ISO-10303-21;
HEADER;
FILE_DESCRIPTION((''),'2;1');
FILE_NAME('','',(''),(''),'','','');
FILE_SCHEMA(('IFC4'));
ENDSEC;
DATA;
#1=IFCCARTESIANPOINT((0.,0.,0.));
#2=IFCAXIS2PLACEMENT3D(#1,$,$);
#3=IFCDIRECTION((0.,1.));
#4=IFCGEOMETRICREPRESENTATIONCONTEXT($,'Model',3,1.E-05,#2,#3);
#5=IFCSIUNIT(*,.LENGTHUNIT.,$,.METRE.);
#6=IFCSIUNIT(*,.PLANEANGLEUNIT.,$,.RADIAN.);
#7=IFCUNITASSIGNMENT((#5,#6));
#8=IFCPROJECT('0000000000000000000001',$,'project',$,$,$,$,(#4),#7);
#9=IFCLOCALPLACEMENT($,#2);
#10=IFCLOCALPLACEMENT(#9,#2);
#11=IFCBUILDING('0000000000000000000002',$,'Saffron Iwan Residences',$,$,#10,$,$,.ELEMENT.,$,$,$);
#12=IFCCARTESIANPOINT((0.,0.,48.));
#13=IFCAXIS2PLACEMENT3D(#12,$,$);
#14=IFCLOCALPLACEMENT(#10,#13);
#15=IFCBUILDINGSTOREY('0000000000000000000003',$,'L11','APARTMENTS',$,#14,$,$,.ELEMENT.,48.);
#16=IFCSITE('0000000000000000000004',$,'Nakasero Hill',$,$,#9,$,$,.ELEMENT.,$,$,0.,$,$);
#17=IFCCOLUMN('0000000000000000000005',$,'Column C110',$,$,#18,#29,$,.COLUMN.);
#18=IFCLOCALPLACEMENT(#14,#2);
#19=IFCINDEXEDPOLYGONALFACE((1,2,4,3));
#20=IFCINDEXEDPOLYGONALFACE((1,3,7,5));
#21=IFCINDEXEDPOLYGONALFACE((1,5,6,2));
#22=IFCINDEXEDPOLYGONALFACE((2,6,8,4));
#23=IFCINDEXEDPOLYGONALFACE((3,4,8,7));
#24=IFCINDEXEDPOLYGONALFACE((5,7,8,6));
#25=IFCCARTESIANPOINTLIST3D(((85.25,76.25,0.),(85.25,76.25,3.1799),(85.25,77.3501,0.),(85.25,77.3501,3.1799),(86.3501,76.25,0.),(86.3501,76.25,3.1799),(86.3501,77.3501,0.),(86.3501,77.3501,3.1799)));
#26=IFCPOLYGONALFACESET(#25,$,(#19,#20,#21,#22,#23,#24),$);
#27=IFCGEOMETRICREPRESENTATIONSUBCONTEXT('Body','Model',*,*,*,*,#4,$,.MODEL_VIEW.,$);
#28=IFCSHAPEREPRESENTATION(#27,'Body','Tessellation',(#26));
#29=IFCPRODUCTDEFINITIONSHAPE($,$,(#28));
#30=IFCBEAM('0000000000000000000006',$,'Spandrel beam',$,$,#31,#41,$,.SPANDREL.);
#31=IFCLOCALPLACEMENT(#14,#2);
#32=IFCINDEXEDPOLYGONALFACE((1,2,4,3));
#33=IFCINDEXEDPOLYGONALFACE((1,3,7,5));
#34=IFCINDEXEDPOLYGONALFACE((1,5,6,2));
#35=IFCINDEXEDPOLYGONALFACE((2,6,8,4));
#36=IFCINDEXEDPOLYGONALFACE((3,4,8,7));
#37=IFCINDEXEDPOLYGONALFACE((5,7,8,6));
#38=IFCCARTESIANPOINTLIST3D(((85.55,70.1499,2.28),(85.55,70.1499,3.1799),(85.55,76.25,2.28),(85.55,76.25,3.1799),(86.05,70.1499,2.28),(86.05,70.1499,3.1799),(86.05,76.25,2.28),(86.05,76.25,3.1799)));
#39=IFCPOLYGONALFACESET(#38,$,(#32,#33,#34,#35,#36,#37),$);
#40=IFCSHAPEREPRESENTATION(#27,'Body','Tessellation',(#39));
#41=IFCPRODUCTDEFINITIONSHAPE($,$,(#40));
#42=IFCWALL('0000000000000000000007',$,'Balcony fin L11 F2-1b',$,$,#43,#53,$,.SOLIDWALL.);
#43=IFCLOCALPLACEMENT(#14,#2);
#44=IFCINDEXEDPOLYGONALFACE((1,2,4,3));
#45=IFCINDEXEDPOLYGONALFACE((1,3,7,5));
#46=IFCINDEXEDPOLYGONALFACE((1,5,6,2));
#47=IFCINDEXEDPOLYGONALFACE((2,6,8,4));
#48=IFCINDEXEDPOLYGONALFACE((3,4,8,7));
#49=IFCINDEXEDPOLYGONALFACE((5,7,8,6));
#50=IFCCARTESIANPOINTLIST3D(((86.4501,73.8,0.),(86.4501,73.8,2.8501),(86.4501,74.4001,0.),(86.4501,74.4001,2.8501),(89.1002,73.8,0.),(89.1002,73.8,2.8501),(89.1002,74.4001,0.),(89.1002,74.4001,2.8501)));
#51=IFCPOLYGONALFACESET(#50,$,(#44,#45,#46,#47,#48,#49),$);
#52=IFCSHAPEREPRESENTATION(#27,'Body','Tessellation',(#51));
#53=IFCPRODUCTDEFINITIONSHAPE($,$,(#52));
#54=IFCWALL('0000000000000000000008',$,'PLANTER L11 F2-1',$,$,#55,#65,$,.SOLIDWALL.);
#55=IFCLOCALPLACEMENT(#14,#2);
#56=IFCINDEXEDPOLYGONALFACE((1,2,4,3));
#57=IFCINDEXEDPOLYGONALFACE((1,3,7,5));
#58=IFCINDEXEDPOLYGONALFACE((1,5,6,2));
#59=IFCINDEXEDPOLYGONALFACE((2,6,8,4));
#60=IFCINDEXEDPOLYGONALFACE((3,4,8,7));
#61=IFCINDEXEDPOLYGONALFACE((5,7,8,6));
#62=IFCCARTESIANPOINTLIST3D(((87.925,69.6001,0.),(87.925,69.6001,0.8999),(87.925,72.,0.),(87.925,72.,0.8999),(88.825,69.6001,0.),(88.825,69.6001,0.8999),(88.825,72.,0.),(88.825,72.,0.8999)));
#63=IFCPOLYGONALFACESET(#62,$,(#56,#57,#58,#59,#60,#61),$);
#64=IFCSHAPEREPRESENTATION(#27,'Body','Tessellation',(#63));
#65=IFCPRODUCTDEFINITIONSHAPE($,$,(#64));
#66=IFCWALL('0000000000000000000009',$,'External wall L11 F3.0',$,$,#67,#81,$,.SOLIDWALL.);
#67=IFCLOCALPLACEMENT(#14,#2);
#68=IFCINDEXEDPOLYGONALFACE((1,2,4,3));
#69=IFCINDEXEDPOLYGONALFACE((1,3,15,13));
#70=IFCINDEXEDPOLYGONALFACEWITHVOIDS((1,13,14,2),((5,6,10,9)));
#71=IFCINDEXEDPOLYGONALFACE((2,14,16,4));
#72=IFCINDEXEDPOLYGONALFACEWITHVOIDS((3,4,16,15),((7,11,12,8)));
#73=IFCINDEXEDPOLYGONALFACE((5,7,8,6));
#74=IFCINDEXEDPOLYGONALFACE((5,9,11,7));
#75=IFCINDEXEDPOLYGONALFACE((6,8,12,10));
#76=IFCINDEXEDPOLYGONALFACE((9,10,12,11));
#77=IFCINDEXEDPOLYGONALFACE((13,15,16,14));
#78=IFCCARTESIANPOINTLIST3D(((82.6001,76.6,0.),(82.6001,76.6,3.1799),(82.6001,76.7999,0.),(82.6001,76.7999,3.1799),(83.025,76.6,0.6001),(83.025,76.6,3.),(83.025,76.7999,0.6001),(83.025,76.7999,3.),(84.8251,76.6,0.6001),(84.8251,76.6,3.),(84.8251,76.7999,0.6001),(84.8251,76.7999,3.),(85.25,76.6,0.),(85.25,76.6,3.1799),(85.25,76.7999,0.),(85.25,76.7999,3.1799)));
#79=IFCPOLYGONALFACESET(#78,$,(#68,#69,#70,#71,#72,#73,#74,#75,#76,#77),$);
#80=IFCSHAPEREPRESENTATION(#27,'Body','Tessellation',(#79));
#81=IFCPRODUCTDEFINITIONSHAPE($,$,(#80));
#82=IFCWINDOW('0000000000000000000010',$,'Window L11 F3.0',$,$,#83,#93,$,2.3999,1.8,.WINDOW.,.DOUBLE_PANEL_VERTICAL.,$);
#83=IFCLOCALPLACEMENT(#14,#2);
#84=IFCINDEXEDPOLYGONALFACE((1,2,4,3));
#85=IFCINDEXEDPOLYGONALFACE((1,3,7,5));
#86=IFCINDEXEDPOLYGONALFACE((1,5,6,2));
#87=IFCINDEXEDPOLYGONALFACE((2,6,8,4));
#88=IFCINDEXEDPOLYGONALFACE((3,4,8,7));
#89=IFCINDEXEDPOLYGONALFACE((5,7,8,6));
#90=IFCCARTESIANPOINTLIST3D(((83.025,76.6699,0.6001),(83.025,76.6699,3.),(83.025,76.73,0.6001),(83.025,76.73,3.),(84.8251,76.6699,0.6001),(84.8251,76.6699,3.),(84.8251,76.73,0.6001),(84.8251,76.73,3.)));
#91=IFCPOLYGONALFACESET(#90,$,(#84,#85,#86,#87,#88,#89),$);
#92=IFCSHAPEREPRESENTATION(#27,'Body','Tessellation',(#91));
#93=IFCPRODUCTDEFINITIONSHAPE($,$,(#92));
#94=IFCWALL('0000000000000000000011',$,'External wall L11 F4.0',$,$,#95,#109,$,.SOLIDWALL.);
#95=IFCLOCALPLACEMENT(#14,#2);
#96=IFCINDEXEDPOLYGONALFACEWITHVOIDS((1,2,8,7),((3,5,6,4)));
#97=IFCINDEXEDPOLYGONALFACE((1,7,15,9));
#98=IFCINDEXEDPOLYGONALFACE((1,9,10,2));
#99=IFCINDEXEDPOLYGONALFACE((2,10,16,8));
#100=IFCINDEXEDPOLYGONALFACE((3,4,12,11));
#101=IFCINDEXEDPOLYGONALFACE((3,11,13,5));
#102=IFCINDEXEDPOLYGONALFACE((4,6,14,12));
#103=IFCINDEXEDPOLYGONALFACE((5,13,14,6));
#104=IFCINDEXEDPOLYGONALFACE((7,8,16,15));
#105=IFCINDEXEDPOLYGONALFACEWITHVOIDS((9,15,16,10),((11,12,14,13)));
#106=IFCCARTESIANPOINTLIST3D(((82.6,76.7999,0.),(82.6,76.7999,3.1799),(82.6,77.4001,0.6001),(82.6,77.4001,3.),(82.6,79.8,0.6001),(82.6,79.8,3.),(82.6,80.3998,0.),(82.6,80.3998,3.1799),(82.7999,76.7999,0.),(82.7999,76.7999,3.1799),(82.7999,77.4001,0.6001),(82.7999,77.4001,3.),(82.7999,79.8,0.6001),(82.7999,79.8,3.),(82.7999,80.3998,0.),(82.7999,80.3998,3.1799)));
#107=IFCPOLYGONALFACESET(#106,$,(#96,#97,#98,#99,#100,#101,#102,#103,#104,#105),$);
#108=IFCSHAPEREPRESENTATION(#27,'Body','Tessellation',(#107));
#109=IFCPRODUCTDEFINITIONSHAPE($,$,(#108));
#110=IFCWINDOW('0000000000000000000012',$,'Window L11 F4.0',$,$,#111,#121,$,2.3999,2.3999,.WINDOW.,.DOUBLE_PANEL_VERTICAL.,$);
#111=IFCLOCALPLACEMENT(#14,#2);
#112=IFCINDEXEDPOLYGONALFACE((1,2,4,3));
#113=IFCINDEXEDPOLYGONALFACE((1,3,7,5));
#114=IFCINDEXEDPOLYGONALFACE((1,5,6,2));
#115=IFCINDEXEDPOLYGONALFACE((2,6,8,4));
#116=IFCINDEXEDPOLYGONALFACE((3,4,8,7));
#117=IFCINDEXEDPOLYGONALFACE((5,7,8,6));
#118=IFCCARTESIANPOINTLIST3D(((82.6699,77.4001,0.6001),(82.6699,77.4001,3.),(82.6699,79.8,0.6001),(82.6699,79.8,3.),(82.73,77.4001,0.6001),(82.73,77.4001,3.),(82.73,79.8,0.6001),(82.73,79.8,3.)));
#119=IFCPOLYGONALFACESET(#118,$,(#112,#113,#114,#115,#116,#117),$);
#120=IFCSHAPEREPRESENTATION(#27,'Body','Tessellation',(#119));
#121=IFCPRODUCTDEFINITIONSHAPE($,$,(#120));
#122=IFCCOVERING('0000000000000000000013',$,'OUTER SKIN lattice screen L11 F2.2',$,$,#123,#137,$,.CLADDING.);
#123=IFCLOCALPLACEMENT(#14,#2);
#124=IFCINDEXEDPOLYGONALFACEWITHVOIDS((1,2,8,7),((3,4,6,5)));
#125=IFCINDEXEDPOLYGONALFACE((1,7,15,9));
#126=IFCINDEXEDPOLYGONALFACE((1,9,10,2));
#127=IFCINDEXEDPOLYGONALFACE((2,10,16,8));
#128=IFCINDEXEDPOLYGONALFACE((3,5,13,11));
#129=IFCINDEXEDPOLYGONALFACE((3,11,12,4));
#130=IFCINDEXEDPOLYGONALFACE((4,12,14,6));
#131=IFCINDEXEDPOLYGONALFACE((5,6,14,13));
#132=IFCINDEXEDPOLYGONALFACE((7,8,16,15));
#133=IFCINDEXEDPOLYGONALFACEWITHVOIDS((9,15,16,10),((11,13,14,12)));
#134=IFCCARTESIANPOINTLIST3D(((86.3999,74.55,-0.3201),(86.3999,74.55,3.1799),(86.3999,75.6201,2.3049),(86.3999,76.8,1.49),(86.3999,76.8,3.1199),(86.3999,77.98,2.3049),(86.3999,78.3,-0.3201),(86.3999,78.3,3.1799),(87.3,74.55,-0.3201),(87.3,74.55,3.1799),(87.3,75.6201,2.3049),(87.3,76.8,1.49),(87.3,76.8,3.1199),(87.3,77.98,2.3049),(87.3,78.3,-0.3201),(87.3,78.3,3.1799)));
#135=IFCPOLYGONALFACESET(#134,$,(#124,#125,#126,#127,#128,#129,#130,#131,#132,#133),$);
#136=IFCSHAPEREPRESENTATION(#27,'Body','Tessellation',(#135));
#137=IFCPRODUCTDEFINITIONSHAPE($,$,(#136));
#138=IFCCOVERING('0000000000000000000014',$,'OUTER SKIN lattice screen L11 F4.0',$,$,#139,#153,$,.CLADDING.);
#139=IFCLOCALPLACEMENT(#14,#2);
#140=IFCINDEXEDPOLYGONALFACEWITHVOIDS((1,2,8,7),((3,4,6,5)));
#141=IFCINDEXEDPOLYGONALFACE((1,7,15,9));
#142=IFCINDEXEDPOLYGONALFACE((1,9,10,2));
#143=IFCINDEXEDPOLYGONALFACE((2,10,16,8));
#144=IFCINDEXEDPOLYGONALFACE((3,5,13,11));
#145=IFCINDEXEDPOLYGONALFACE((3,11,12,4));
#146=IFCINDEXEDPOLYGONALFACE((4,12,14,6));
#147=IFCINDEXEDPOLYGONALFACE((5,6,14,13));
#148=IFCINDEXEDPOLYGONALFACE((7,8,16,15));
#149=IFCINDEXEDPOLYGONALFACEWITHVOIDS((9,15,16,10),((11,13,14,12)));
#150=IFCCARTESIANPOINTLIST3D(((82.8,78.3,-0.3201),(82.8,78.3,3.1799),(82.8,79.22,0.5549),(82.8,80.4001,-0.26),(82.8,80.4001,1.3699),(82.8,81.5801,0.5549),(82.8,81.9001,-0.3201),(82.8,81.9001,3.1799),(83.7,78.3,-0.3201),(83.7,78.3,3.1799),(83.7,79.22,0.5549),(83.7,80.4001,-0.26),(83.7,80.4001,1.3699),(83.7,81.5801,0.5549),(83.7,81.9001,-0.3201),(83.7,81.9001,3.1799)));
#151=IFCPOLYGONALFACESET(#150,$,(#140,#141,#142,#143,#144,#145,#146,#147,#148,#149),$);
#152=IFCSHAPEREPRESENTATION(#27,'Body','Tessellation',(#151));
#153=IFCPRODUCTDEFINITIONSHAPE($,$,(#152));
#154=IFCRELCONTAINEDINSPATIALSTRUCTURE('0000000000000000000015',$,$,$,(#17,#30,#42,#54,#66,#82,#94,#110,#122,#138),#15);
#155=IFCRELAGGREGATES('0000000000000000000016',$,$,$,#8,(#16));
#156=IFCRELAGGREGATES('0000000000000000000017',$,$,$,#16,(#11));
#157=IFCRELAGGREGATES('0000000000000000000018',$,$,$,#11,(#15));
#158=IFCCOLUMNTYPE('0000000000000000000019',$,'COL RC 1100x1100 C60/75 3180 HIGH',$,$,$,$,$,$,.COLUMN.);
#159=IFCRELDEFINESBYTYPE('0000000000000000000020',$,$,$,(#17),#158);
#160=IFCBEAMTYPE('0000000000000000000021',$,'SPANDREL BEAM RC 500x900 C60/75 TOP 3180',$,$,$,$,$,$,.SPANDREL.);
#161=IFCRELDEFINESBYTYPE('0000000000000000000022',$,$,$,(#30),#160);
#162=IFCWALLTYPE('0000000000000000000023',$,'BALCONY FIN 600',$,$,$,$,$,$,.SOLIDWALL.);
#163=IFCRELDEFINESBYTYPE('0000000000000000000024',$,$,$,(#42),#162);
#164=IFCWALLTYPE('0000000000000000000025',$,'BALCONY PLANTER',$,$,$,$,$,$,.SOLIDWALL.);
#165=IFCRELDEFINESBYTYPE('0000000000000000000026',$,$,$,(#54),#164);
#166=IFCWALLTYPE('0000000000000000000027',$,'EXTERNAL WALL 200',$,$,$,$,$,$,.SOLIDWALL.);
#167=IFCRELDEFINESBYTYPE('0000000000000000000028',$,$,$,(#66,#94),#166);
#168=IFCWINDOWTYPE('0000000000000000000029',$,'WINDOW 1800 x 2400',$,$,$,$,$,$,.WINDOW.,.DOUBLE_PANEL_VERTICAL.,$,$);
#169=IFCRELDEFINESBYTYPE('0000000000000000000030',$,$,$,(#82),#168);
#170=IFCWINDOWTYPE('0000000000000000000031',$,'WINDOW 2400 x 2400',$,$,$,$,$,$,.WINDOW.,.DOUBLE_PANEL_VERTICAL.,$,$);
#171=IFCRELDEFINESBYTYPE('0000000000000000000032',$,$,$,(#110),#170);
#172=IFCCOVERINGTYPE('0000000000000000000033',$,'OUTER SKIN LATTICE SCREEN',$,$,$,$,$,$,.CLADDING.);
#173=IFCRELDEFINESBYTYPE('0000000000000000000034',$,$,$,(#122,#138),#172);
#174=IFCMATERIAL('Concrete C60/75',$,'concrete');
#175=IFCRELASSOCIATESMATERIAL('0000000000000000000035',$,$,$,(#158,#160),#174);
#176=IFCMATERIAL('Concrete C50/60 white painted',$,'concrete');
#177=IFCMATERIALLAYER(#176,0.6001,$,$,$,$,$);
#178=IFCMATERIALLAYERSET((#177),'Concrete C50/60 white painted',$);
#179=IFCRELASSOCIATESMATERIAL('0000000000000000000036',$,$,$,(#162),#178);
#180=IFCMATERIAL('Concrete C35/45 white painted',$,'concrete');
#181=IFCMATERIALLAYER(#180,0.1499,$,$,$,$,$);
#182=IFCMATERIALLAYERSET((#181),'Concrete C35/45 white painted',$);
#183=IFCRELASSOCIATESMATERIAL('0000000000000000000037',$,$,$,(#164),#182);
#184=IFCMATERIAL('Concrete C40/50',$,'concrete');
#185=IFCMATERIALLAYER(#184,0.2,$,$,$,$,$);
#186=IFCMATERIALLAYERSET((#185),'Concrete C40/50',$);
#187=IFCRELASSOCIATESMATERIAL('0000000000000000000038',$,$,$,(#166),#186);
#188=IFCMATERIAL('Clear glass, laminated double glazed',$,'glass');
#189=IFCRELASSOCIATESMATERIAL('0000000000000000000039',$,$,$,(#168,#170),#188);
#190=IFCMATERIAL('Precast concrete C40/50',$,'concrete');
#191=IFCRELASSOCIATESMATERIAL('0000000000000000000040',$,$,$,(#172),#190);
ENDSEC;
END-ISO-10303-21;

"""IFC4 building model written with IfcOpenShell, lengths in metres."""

from ifc_helpers import new_model, si_unit, direction, frame, frame_2d, origin, origin_2d, place, context, subcontext, project, spatial, polyline, rectangle, outline, extrude, source, transform, mapped, material, layer, layer_set, material_profile, profile_set, type_object, element, fill, save


model = new_model("IFC4")

# Units and contexts
model_context = context("Model", 3, precision=1e-05, world=origin(), true_north=direction((0.0, 1.0)))
body_context = subcontext(model_context, "Body", "Model", "MODEL_VIEW")
ifc_project = project(units=[si_unit("LENGTHUNIT", "METRE"), si_unit("PLANEANGLEUNIT", "RADIAN")], contexts=[model_context])

# Site, building, storey
site_placement = place(None, origin())
site = spatial("IfcSite", under=ifc_project, at=site_placement, Name="Nakasero Hill", CompositionType="ELEMENT", RefElevation=0.0)
building_placement = place(site_placement, origin())
building = spatial("IfcBuilding", under=site, at=building_placement, Name="Saffron Iwan Residences", CompositionType="ELEMENT")
storey_placement = place(building_placement, frame((0.0, 0.0, 48.0)))
storey = spatial("IfcBuildingStorey", under=building, at=storey_placement, Name="L11", Description="APARTMENTS", CompositionType="ELEMENT", Elevation=48.0)

# Column
ifc_material_1 = material(Name="Concrete C60/75", Category="concrete")
ifc_material_profile_1 = material_profile(ifc_material_1, rectangle(XDim=1.1001, YDim=1.1001, at=origin_2d()), Name="RC 1100x1100")
ifc_profile_set_1 = profile_set([ifc_material_profile_1], Name="Concrete C60/75")
column_type = type_object("IfcColumnType", Name="COL RC 1100x1100 C60/75 3180 HIGH", PredefinedType="COLUMN", material=ifc_profile_set_1)
shared_shape_1 = source(origin(), body_context, "Body", "SweptSolid", [
    extrude(rectangle(XDim=1.1001, YDim=1.1001, at=origin_2d()), origin(), (0.0, 0.0, 1.0), 3.1799),
])
column_placement = place(storey_placement, frame((85.8, 76.8, 0.0), z_axis=(0.0, 0.0, 1.0), x_axis=(1.0, 0.0, 0.0)))
element("IfcColumn", 1, at=column_placement, inside=storey, type_object=column_type, Name="Column C110", PredefinedType="COLUMN", context=body_context, shape_type="MappedRepresentation", body=[
    mapped(shared_shape_1, transform((0.0, 0.0, 0.0))),
])

# Beam
ifc_material_profile_2 = material_profile(ifc_material_1, rectangle(XDim=0.5, YDim=0.8999, at=origin_2d()), Name="RC 500x900")
ifc_profile_set_2 = profile_set([ifc_material_profile_2], Name="Concrete C60/75")
beam_type = type_object("IfcBeamType", Name="SPANDREL BEAM RC 500x900 C60/75 TOP 3180", PredefinedType="SPANDREL", material=ifc_profile_set_2)
shared_shape_2 = source(origin(), body_context, "Body", "SweptSolid", [
    extrude(rectangle(XDim=0.5, YDim=0.8999, at=origin_2d()), origin(), (0.0, 0.0, 1.0), 6.1001),
])
beam_placement = place(storey_placement, frame((85.8, 76.25, 2.73), z_axis=(0.0, -1.0, 0.0), x_axis=(1.0, 0.0, 0.0)))
element("IfcBeam", 2, at=beam_placement, inside=storey, type_object=beam_type, Name="Spandrel beam", PredefinedType="SPANDREL", context=body_context, shape_type="MappedRepresentation", body=[
    mapped(shared_shape_2, transform((0.0, 0.0, 0.0))),
])

# Walls
ifc_material_2 = material(Name="Concrete C50/60 white painted", Category="concrete")
ifc_layer_1 = layer(ifc_material_2, 0.6001)
ifc_layer_set_1 = layer_set([ifc_layer_1], Name="Concrete C50/60 white painted")
wall_type_1 = type_object("IfcWallType", Name="BALCONY FIN 600", PredefinedType="SOLIDWALL", material=ifc_layer_set_1)
wall_1_placement = place(storey_placement, frame((86.45, 74.1001, 0.0), z_axis=(0.0, 0.0, 1.0), x_axis=(1.0, 0.0, 0.0)))
element("IfcWall", 3, at=wall_1_placement, inside=storey, type_object=wall_type_1, Name="Balcony fin L11 F2-1b", PredefinedType="SOLIDWALL", context=body_context, shape_type="SweptSolid", body=[
    extrude(rectangle(XDim=2.6501, YDim=0.6001, at=frame_2d((1.3252, 0.0))), origin(), (0.0, 0.0, 1.0), 2.8501),
])
ifc_material_3 = material(Name="Concrete C35/45 white painted", Category="concrete")
ifc_layer_2 = layer(ifc_material_3, 0.1499)
ifc_layer_set_2 = layer_set([ifc_layer_2], Name="Concrete C35/45 white painted")
wall_type_2 = type_object("IfcWallType", Name="BALCONY PLANTER", PredefinedType="SOLIDWALL", material=ifc_layer_set_2)
wall_2_placement = place(storey_placement, frame((88.375, 69.6001, 0.0), z_axis=(0.0, 0.0, 1.0), x_axis=(0.0, 1.0, 0.0)))
element("IfcWall", 4, at=wall_2_placement, inside=storey, type_object=wall_type_2, Name="PLANTER L11 F2-1", PredefinedType="SOLIDWALL", context=body_context, shape_type="SweptSolid", body=[
    extrude(rectangle(XDim=2.3999, YDim=0.8999, at=frame_2d((1.2, 0.0))), origin(), (0.0, 0.0, 1.0), 0.8999),
])

# Shared definitions
ifc_material_4 = material(Name="Concrete C40/50", Category="concrete")
ifc_layer_3 = layer(ifc_material_4, 0.2)
ifc_layer_set_3 = layer_set([ifc_layer_3], Name="Concrete C40/50")
wall_type_3 = type_object("IfcWallType", Name="EXTERNAL WALL 200", PredefinedType="SOLIDWALL", material=ifc_layer_set_3)
ifc_material_5 = material(Name="Clear glass, laminated double glazed", Category="glass")

# Walls, openings, windows
wall_3_placement = place(storey_placement, frame((85.25, 76.7, 0.0), z_axis=(0.0, 0.0, 1.0), x_axis=(-1.0, 0.0, 0.0)))
wall_3 = element("IfcWall", 5, at=wall_3_placement, inside=storey, type_object=wall_type_3, Name="External wall L11 F3.0", PredefinedType="SOLIDWALL", context=body_context, shape_type="SweptSolid", body=[
    extrude(rectangle(XDim=2.6499, YDim=0.2, at=frame_2d((1.325, 0.0))), origin(), (0.0, 0.0, 1.0), 3.1799),
])
opening_1_placement = place(wall_3_placement, frame((0.425, 0.0, 0.6001)))
opening_1 = element("IfcOpeningElement", 6, at=opening_1_placement, cuts=wall_3, PredefinedType="OPENING", context=body_context, shape_type="SweptSolid", body=[
    extrude(rectangle(XDim=1.8, YDim=2.3999, at=frame_2d((0.8999, 1.2))), frame((0.0, 0.1099, 0.0), z_axis=(0.0, -1.0, 0.0), x_axis=(1.0, 0.0, 0.0)), (0.0, 0.0, 1.0), 0.22),
])
window_type_1 = type_object("IfcWindowType", Name="WINDOW 1800 x 2400", PartitioningType="DOUBLE_PANEL_VERTICAL", PredefinedType="WINDOW", material=ifc_material_5)
window_1_placement = place(opening_1_placement, origin())
window_1 = element("IfcWindow", 7, at=window_1_placement, inside=storey, type_object=window_type_1, Name="Window L11 F3.0", OverallHeight=2.3999, OverallWidth=1.8, PartitioningType="DOUBLE_PANEL_VERTICAL", PredefinedType="WINDOW", context=body_context, shape_type="SweptSolid", body=[
    extrude(rectangle(XDim=1.8, YDim=2.3999, at=frame_2d((0.8999, 1.2))), frame((0.0, 0.03, 0.0), z_axis=(0.0, -1.0, 0.0), x_axis=(1.0, 0.0, 0.0)), (0.0, 0.0, 1.0), 0.0601),
])
fill(opening_1, window_1)
wall_4_placement = place(storey_placement, frame((82.7, 76.8, 0.0), z_axis=(0.0, 0.0, 1.0), x_axis=(0.0, 1.0, 0.0)))
wall_4 = element("IfcWall", 8, at=wall_4_placement, inside=storey, type_object=wall_type_3, Name="External wall L11 F4.0", PredefinedType="SOLIDWALL", context=body_context, shape_type="SweptSolid", body=[
    extrude(rectangle(XDim=3.5999, YDim=0.2, at=frame_2d((1.7998, 0.0))), origin(), (0.0, 0.0, 1.0), 3.1799),
])
opening_2_placement = place(wall_4_placement, frame((0.6001, 0.0, 0.6001)))
opening_2 = element("IfcOpeningElement", 9, at=opening_2_placement, cuts=wall_4, PredefinedType="OPENING", context=body_context, shape_type="SweptSolid", body=[
    extrude(rectangle(XDim=2.3999, YDim=2.3999, at=frame_2d((1.2, 1.2))), frame((0.0, 0.1099, 0.0), z_axis=(0.0, -1.0, 0.0), x_axis=(1.0, 0.0, 0.0)), (0.0, 0.0, 1.0), 0.22),
])
window_type_2 = type_object("IfcWindowType", Name="WINDOW 2400 x 2400", PartitioningType="DOUBLE_PANEL_VERTICAL", PredefinedType="WINDOW", material=ifc_material_5)
window_2_placement = place(opening_2_placement, origin())
window_2 = element("IfcWindow", 10, at=window_2_placement, inside=storey, type_object=window_type_2, Name="Window L11 F4.0", OverallHeight=2.3999, OverallWidth=2.3999, PartitioningType="DOUBLE_PANEL_VERTICAL", PredefinedType="WINDOW", context=body_context, shape_type="SweptSolid", body=[
    extrude(rectangle(XDim=2.3999, YDim=2.3999, at=frame_2d((1.2, 1.2))), frame((0.0, 0.03, 0.0), z_axis=(0.0, -1.0, 0.0), x_axis=(1.0, 0.0, 0.0)), (0.0, 0.0, 1.0), 0.0601),
])
fill(opening_2, window_2)

# Coverings
ifc_material_6 = material(Name="Precast concrete C40/50", Category="concrete")
covering_type_1 = type_object("IfcCoveringType", Name="OUTER SKIN LATTICE SCREEN", PredefinedType="CLADDING", material=ifc_material_6)
covering_1_placement = place(storey_placement, frame((86.3999, 74.55, -0.3201), z_axis=(1.0, 0.0, 0.0), x_axis=(0.0, 1.0, 0.0)))
element("IfcCovering", 11, at=covering_1_placement, inside=storey, type_object=covering_type_1, Name="OUTER SKIN lattice screen L11 F2.2", PredefinedType="CLADDING", context=body_context, shape_type="SweptSolid", body=[
    extrude(outline(polyline([(0.0, 0.0), (3.75, 0.0), (3.75, 3.5), (0.0, 3.5), (0.0, 0.0)]), holes=[polyline([(1.0701, 2.625), (2.25, 1.8101), (3.4299, 2.625), (2.25, 3.4399), (1.0701, 2.625)])]), origin(), (0.0, 0.0, 1.0), 0.9001),
])
covering_2_placement = place(storey_placement, frame((82.8, 78.3, -0.3201), z_axis=(1.0, 0.0, 0.0), x_axis=(0.0, 1.0, 0.0)))
element("IfcCovering", 12, at=covering_2_placement, inside=storey, type_object=covering_type_1, Name="OUTER SKIN lattice screen L11 F4.0", PredefinedType="CLADDING", context=body_context, shape_type="SweptSolid", body=[
    extrude(outline(polyline([(0.0, 0.0), (3.6001, 0.0), (3.6001, 3.5), (0.0, 3.5), (0.0, 0.0)]), holes=[polyline([(0.9199, 0.875), (2.1001, 0.0601), (3.28, 0.875), (2.1001, 1.6899), (0.9199, 0.875)])]), origin(), (0.0, 0.0, 1.0), 0.8999),
])

save(model, "model.ifc")
